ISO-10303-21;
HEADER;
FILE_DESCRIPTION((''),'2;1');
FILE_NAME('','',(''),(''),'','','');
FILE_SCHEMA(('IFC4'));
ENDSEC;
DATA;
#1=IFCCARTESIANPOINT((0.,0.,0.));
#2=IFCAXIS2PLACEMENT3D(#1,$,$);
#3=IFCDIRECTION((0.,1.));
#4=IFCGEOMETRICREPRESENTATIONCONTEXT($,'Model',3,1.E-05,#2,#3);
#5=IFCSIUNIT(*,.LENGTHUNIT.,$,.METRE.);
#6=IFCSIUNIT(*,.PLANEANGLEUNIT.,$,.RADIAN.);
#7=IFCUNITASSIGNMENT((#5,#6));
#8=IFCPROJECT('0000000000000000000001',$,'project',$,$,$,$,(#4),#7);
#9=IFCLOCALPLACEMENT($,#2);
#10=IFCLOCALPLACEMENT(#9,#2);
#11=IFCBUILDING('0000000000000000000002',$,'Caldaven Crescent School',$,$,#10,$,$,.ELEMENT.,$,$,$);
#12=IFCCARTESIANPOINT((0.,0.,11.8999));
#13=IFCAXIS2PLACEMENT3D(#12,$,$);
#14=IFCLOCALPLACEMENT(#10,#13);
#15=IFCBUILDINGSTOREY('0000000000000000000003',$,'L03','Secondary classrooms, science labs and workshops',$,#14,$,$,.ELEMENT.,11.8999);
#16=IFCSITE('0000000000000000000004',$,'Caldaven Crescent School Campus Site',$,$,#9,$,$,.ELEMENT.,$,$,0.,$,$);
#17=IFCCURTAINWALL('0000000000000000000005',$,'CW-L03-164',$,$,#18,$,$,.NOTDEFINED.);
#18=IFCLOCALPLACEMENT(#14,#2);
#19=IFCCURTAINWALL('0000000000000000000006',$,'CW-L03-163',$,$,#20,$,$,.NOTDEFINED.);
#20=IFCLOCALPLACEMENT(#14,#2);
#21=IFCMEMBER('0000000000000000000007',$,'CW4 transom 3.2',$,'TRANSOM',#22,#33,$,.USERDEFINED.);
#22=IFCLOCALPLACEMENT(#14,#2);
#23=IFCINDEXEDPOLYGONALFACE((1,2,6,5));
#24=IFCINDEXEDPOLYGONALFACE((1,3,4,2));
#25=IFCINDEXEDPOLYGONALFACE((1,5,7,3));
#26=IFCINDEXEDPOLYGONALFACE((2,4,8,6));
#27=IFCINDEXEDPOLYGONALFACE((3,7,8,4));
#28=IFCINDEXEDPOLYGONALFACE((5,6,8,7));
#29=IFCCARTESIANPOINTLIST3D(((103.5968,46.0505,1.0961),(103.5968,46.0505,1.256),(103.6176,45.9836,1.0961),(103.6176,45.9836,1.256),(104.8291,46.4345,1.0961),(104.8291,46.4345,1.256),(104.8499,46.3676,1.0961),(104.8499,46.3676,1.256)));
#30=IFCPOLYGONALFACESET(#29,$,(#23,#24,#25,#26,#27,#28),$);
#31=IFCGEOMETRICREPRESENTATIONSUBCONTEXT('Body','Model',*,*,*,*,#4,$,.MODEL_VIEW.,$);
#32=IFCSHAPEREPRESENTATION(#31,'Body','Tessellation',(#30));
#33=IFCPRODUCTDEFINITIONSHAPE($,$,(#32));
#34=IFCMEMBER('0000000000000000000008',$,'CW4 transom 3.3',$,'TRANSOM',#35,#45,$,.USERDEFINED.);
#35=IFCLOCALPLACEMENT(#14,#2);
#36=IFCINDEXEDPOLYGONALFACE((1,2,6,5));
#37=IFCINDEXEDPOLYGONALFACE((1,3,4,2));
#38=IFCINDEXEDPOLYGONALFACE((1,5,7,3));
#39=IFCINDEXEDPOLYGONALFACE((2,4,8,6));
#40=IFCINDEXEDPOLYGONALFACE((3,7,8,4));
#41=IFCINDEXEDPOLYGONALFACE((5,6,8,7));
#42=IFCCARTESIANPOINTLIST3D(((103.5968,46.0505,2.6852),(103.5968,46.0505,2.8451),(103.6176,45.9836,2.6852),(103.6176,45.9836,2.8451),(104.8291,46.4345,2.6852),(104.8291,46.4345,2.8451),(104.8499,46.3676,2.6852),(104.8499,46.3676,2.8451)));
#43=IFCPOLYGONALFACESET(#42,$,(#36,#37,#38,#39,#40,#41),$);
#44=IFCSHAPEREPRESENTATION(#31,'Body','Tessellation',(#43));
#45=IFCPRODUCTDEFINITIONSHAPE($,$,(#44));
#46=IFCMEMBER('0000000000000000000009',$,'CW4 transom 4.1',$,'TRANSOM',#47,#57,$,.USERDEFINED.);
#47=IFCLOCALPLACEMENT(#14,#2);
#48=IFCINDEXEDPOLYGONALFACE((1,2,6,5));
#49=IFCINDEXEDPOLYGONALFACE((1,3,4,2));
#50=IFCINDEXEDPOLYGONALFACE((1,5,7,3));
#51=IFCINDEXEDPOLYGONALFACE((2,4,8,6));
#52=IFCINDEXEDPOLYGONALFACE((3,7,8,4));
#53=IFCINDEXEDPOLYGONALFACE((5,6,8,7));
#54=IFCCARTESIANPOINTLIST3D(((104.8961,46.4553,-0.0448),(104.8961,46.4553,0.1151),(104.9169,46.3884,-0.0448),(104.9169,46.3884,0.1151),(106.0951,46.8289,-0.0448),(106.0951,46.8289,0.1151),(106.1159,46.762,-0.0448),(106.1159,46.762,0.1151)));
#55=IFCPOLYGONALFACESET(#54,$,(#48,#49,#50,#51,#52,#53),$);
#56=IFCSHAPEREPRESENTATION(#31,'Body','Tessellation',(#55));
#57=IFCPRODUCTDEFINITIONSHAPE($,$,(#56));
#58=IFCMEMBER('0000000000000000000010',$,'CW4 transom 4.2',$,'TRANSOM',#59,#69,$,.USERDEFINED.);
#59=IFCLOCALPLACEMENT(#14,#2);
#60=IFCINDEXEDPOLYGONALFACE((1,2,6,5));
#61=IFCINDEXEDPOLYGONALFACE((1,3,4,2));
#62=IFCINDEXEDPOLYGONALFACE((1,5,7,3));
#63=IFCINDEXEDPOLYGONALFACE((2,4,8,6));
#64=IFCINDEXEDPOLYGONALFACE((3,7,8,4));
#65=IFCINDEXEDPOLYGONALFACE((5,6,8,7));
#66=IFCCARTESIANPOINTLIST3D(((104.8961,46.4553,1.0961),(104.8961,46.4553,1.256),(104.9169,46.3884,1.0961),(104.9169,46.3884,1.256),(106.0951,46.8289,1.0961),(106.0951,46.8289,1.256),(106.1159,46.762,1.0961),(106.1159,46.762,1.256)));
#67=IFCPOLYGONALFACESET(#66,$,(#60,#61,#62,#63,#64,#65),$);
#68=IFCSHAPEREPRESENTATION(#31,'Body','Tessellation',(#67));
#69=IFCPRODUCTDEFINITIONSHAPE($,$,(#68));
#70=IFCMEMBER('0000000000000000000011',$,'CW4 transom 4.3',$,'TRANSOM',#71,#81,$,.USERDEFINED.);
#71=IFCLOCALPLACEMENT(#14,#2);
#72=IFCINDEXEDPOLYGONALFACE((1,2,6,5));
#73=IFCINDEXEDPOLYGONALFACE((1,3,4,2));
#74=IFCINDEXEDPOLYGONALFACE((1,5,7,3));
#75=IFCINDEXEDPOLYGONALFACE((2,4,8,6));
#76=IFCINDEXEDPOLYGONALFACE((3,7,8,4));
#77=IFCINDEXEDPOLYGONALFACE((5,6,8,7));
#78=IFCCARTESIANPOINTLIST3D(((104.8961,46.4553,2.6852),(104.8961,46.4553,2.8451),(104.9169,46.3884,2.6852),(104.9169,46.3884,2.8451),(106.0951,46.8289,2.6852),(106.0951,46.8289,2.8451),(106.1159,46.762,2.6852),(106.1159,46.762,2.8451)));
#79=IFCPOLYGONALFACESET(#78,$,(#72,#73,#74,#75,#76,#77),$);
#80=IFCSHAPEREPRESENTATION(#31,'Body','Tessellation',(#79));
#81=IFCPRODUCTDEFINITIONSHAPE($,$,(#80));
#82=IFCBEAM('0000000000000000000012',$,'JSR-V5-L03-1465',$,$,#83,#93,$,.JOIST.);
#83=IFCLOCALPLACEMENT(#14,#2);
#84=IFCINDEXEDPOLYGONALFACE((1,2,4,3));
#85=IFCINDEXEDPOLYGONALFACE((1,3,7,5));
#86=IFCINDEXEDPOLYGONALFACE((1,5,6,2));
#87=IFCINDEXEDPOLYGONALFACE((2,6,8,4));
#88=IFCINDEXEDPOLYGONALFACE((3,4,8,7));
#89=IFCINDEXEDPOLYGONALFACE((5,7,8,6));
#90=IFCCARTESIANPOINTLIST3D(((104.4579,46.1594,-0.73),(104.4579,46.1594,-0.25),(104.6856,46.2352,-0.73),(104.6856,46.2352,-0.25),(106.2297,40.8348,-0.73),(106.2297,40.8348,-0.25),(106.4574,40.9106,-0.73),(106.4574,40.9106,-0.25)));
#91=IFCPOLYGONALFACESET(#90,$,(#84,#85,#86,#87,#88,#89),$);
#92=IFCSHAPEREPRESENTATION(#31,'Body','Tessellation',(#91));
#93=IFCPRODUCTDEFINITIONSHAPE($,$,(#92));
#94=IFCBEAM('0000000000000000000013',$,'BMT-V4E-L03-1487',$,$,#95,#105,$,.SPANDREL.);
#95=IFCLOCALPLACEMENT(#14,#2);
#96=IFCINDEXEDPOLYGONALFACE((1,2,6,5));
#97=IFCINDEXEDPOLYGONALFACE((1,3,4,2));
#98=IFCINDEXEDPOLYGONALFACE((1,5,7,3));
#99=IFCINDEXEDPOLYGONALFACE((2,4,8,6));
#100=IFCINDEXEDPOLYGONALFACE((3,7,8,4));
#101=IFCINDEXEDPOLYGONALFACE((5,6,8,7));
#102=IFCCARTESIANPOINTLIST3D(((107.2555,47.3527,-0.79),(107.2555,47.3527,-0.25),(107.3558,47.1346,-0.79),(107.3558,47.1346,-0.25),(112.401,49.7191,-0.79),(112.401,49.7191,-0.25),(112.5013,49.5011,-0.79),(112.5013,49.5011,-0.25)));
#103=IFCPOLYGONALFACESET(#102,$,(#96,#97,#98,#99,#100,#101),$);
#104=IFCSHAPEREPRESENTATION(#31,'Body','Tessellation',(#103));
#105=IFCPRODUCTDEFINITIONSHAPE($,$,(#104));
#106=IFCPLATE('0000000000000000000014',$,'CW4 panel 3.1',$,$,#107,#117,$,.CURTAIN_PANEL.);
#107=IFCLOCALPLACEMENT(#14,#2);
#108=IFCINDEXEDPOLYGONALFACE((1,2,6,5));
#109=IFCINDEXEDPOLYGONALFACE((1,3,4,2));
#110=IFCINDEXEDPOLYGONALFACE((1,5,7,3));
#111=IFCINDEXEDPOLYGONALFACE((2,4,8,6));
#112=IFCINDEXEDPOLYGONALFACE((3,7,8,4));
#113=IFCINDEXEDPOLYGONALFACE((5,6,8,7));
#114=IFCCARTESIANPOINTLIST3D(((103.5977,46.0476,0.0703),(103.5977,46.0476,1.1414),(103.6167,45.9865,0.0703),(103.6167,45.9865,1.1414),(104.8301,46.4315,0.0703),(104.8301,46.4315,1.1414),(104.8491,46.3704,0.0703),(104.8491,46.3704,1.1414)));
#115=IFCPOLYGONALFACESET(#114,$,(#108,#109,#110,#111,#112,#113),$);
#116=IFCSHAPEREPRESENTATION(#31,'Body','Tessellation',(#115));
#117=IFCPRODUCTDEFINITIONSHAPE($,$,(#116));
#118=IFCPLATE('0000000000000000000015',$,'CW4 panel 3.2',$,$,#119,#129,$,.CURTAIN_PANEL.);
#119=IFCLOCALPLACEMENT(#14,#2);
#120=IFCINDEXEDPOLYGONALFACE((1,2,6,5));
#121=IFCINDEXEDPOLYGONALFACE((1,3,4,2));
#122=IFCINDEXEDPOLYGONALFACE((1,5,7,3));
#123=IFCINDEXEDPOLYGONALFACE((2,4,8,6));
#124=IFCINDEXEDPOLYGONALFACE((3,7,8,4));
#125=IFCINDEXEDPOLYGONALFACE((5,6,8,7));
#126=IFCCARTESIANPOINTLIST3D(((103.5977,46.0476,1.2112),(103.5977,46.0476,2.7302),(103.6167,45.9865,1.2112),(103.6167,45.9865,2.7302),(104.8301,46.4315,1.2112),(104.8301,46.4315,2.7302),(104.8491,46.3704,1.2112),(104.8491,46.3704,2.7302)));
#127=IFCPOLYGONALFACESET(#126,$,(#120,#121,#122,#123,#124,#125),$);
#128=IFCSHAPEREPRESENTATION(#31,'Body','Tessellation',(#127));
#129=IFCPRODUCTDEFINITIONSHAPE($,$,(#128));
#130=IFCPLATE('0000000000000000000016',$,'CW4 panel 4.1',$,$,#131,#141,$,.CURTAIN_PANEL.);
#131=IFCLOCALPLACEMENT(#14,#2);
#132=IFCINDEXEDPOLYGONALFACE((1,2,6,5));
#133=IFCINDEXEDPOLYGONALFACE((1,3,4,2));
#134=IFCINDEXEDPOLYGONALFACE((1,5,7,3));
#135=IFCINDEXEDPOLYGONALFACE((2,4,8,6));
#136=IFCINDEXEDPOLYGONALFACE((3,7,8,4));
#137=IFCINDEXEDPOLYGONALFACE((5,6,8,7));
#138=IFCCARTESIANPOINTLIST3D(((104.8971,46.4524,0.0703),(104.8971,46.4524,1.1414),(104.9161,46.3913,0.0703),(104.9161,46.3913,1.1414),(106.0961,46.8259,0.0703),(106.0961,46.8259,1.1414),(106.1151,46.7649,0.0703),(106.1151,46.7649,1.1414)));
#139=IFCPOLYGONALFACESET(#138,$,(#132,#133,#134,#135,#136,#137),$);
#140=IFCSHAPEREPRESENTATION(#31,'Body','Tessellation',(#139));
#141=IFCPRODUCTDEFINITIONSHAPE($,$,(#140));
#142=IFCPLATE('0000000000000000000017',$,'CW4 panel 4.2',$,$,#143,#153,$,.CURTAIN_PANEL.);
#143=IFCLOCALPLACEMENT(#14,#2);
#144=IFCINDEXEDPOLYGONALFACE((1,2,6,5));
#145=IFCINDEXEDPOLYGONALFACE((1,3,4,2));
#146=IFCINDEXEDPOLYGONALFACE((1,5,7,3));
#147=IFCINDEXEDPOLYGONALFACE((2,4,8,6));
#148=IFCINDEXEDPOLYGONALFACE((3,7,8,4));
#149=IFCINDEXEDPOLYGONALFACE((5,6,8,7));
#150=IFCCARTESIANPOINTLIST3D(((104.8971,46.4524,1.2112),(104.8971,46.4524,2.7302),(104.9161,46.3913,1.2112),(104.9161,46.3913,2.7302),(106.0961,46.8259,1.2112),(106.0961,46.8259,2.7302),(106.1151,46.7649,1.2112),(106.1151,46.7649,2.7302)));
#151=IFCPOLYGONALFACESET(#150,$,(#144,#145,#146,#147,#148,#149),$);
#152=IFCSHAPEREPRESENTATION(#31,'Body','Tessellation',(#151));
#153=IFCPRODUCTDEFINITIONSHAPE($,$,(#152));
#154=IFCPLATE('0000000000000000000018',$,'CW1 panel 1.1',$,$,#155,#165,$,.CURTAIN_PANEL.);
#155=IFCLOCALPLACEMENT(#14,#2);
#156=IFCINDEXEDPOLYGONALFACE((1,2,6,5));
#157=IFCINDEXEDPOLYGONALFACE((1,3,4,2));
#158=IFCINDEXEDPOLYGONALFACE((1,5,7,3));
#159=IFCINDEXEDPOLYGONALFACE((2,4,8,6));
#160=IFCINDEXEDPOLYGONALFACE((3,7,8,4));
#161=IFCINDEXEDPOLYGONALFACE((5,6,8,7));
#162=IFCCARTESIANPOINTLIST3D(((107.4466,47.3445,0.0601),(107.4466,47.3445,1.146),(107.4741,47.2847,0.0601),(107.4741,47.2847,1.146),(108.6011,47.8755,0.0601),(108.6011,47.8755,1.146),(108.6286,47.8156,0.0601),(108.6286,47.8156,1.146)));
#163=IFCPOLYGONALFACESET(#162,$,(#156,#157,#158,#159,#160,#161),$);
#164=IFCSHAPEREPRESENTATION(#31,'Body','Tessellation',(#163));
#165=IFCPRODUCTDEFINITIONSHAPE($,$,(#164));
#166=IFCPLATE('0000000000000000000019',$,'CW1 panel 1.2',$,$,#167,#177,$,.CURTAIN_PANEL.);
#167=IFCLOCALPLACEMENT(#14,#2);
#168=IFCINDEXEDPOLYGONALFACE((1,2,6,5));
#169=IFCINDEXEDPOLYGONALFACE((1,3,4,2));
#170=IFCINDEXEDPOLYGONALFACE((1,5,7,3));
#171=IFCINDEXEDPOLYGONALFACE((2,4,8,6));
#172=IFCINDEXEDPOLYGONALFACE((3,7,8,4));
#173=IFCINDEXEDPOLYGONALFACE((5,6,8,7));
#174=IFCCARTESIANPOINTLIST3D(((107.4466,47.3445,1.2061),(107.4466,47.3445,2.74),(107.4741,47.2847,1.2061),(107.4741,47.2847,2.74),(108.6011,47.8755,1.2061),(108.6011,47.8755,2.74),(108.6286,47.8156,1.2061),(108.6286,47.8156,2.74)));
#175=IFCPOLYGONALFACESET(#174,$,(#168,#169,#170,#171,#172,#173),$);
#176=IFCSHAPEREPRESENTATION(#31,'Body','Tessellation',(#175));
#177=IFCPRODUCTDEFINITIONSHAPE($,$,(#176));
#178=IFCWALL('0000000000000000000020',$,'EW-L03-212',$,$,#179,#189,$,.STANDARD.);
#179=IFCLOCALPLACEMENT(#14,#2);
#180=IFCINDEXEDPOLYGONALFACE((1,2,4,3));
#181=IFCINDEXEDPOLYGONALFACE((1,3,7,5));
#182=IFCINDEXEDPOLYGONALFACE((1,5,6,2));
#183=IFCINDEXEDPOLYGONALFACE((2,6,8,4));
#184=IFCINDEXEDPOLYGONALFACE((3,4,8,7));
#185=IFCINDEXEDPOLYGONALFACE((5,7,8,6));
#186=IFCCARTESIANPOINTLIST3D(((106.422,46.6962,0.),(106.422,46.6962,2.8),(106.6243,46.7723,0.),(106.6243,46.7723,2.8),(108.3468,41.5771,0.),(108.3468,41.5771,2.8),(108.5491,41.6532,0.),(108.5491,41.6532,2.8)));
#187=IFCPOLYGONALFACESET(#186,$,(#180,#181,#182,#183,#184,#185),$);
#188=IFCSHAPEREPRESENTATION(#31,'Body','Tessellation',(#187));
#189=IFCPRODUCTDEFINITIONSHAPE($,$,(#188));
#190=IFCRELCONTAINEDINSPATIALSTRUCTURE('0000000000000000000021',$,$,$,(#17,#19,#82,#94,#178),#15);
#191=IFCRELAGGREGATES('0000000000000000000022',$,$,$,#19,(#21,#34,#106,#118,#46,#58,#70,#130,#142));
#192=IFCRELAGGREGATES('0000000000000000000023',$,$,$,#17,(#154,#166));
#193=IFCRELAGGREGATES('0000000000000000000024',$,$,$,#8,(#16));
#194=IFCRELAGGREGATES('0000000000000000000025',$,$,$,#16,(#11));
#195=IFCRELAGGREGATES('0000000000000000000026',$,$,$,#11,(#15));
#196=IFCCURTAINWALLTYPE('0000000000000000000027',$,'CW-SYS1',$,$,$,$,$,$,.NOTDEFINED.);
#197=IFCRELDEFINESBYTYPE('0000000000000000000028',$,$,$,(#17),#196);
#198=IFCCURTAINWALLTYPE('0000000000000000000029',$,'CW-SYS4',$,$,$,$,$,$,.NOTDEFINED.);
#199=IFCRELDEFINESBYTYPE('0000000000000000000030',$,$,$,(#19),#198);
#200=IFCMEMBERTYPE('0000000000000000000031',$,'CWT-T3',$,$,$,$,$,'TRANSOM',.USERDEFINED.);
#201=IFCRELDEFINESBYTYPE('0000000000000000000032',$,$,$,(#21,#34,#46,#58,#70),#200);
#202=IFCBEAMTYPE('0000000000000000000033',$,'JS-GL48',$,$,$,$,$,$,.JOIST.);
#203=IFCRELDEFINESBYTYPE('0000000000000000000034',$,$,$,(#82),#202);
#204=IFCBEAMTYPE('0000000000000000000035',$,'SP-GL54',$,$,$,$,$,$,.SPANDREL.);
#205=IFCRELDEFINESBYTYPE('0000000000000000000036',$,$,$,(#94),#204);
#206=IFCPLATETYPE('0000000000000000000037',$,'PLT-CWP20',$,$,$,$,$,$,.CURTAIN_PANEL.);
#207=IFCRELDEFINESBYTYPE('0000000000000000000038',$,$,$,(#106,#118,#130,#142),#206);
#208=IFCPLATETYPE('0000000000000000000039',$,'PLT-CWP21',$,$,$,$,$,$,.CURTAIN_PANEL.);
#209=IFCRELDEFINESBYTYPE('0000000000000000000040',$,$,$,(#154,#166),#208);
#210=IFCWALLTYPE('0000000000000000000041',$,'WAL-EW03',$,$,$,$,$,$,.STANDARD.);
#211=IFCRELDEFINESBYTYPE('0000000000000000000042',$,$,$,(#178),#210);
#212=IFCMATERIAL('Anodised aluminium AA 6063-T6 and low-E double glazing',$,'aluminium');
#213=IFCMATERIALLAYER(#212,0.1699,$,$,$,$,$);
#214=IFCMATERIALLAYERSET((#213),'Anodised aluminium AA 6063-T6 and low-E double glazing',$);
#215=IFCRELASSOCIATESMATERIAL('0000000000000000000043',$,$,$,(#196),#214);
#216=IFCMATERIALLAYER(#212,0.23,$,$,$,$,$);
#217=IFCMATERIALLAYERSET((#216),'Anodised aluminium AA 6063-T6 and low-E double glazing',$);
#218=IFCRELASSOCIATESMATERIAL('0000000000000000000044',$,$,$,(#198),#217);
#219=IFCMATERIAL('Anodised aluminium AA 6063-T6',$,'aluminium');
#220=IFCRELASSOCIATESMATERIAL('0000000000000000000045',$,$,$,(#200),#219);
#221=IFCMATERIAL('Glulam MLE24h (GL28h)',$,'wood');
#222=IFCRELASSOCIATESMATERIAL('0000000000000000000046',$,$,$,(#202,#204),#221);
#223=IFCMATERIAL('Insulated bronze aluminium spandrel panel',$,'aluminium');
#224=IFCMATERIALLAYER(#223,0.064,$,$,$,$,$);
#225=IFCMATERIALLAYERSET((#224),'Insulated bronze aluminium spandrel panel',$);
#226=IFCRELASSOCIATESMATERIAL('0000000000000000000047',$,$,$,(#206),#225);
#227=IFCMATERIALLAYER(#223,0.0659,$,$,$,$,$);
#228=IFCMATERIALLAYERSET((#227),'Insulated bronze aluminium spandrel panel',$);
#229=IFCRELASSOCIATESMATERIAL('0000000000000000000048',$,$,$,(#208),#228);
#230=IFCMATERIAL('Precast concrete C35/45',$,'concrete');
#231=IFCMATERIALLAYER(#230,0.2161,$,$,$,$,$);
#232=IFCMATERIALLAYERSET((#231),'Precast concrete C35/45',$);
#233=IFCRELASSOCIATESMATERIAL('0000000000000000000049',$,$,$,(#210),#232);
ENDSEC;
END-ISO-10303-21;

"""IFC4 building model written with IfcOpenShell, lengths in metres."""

from ifc_helpers import new_model, si_unit, direction, frame, frame_2d, origin, origin_2d, place, context, subcontext, project, spatial, rectangle, extrude, material, layer, layer_set, material_profile, profile_set, type_object, element, aggregate, save


model = new_model("IFC4")

# Units and contexts
model_context = context("Model", 3, precision=1e-05, world=origin(), true_north=direction((0.0, 1.0)))
body_context = subcontext(model_context, "Body", "Model", "MODEL_VIEW")
ifc_project = project(units=[si_unit("LENGTHUNIT", "METRE"), si_unit("PLANEANGLEUNIT", "RADIAN")], contexts=[model_context])

# Site, building, storey
site_placement = place(None, origin())
site = spatial("IfcSite", under=ifc_project, at=site_placement, Name="Caldaven Crescent School Campus Site", CompositionType="ELEMENT", RefElevation=0.0)
building_placement = place(site_placement, origin())
building = spatial("IfcBuilding", under=site, at=building_placement, Name="Caldaven Crescent School", CompositionType="ELEMENT")
storey_placement = place(building_placement, frame((0.0, 0.0, 11.8999)))
storey = spatial("IfcBuildingStorey", under=building, at=storey_placement, Name="L03", Description="Secondary classrooms, science labs and workshops", CompositionType="ELEMENT", Elevation=11.8999)

# Shared definitions
ifc_material_1 = material(Name="Glulam MLE24h (GL28h)", Category="wood")

# Curtain walls
ifc_material_2 = material(Name="Anodised aluminium AA 6063-T6 and low-E double glazing", Category="aluminium")
ifc_layer_1 = layer(ifc_material_2, 0.1699)
ifc_layer_set_1 = layer_set([ifc_layer_1], Name="Anodised aluminium AA 6063-T6 and low-E double glazing")
curtain_wall_type_1 = type_object("IfcCurtainWallType", Name="CW-SYS1", PredefinedType="NOTDEFINED", material=ifc_layer_set_1)
curtain_wall_1_placement = place(storey_placement, origin())
curtain_wall_1 = element("IfcCurtainWall", 1, at=curtain_wall_1_placement, inside=storey, type_object=curtain_wall_type_1, Name="CW-L03-164", PredefinedType="NOTDEFINED")
ifc_material_3 = material(Name="Anodised aluminium AA 6063-T6", Category="aluminium")
ifc_layer_2 = layer(ifc_material_2, 0.23)
ifc_layer_set_2 = layer_set([ifc_layer_2], Name="Anodised aluminium AA 6063-T6 and low-E double glazing")
curtain_wall_type_2 = type_object("IfcCurtainWallType", Name="CW-SYS4", PredefinedType="NOTDEFINED", material=ifc_layer_set_2)
curtain_wall_2_placement = place(storey_placement, origin())
curtain_wall_2 = element("IfcCurtainWall", 2, at=curtain_wall_2_placement, inside=storey, type_object=curtain_wall_type_2, Name="CW-L03-163", PredefinedType="NOTDEFINED")

# Members
ifc_material_profile_1 = material_profile(ifc_material_3, rectangle(XDim=0.0701, YDim=0.1599, at=origin_2d()), Name="CWT 70x160")
ifc_profile_set_1 = profile_set([ifc_material_profile_1], Name="Anodised aluminium AA 6063-T6")
member_type_1 = type_object("IfcMemberType", Name="CWT-T3", ElementType="TRANSOM", PredefinedType="USERDEFINED", material=ifc_profile_set_1)
member_1_placement = place(storey_placement, frame((103.6072, 46.0171, 1.176), z_axis=(0.954722, 0.2975, 0.0), x_axis=(-0.2975, 0.954722, 0.0)))
member_1 = element("IfcMember", 3, at=member_1_placement, type_object=member_type_1, Name="CW4 transom 3.2", ObjectType="TRANSOM", PredefinedType="USERDEFINED", context=body_context, shape_type="SweptSolid", body=[
    extrude(rectangle(XDim=0.0701, YDim=0.1599, at=origin_2d()), origin(), (0.0, 0.0, 1.0), 1.2908),
])
member_2_placement = place(storey_placement, frame((103.6072, 46.0171, 2.7651), z_axis=(0.954722, 0.2975, 0.0), x_axis=(-0.2975, 0.954722, 0.0)))
member_2 = element("IfcMember", 4, at=member_2_placement, type_object=member_type_1, Name="CW4 transom 3.3", ObjectType="TRANSOM", PredefinedType="USERDEFINED", context=body_context, shape_type="SweptSolid", body=[
    extrude(rectangle(XDim=0.0701, YDim=0.1599, at=origin_2d()), origin(), (0.0, 0.0, 1.0), 1.2908),
])
member_3_placement = place(storey_placement, frame((104.9065, 46.4219, 0.0352), z_axis=(0.954739, 0.297445, 0.0), x_axis=(-0.297445, 0.954739, 0.0)))
member_3 = element("IfcMember", 5, at=member_3_placement, type_object=member_type_1, Name="CW4 transom 4.1", ObjectType="TRANSOM", PredefinedType="USERDEFINED", context=body_context, shape_type="SweptSolid", body=[
    extrude(rectangle(XDim=0.0701, YDim=0.1599, at=origin_2d()), origin(), (0.0, 0.0, 1.0), 1.2559),
])
member_4_placement = place(storey_placement, frame((104.9065, 46.4219, 1.176), z_axis=(0.954739, 0.297445, 0.0), x_axis=(-0.297445, 0.954739, 0.0)))
member_4 = element("IfcMember", 6, at=member_4_placement, type_object=member_type_1, Name="CW4 transom 4.2", ObjectType="TRANSOM", PredefinedType="USERDEFINED", context=body_context, shape_type="SweptSolid", body=[
    extrude(rectangle(XDim=0.0701, YDim=0.1599, at=origin_2d()), origin(), (0.0, 0.0, 1.0), 1.2559),
])
member_5_placement = place(storey_placement, frame((104.9065, 46.4219, 2.7651), z_axis=(0.954739, 0.297445, 0.0), x_axis=(-0.297445, 0.954739, 0.0)))
member_5 = element("IfcMember", 7, at=member_5_placement, type_object=member_type_1, Name="CW4 transom 4.3", ObjectType="TRANSOM", PredefinedType="USERDEFINED", context=body_context, shape_type="SweptSolid", body=[
    extrude(rectangle(XDim=0.0701, YDim=0.1599, at=origin_2d()), origin(), (0.0, 0.0, 1.0), 1.2559),
])

# Beams
ifc_material_profile_2 = material_profile(ifc_material_1, rectangle(XDim=0.24, YDim=0.48, at=origin_2d()), Name="MLE 240x480")
ifc_profile_set_2 = profile_set([ifc_material_profile_2], Name="Glulam MLE24h (GL28h)")
beam_type_1 = type_object("IfcBeamType", Name="JS-GL48", PredefinedType="JOIST", material=ifc_profile_set_2)
beam_1_placement = place(storey_placement, frame((104.5718, 46.1973, -0.49), z_axis=(0.315732, -0.948848, 0.0), x_axis=(0.948848, 0.315732, 0.0)))
element("IfcBeam", 8, at=beam_1_placement, inside=storey, type_object=beam_type_1, Name="JSR-V5-L03-1465", PredefinedType="JOIST", context=body_context, shape_type="SweptSolid", body=[
    extrude(rectangle(XDim=0.24, YDim=0.48, at=origin_2d()), origin(), (0.0, 0.0, 1.0), 5.6116),
])
ifc_material_profile_3 = material_profile(ifc_material_1, rectangle(XDim=0.24, YDim=0.54, at=origin_2d()), Name="MLE 240x540")
ifc_profile_set_3 = profile_set([ifc_material_profile_3], Name="Glulam MLE24h (GL28h)")
beam_type_2 = type_object("IfcBeamType", Name="SP-GL54", PredefinedType="SPANDREL", material=ifc_profile_set_3)
beam_2_placement = place(storey_placement, frame((107.3057, 47.2437, -0.52), z_axis=(0.908523, 0.417836, 0.0), x_axis=(-0.417836, 0.908523, 0.0)))
element("IfcBeam", 9, at=beam_2_placement, inside=storey, type_object=beam_type_2, Name="BMT-V4E-L03-1487", PredefinedType="SPANDREL", context=body_context, shape_type="SweptSolid", body=[
    extrude(rectangle(XDim=0.24, YDim=0.54, at=origin_2d()), origin(), (0.0, 0.0, 1.0), 5.6636),
])

# Plates
ifc_material_4 = material(Name="Insulated bronze aluminium spandrel panel", Category="aluminium")
ifc_layer_3 = layer(ifc_material_4, 0.064)
ifc_layer_set_3 = layer_set([ifc_layer_3], Name="Insulated bronze aluminium spandrel panel")
plate_type_1 = type_object("IfcPlateType", Name="PLT-CWP20", PredefinedType="CURTAIN_PANEL", material=ifc_layer_set_3)
plate_1_placement = place(storey_placement, frame((104.2234, 46.209, 0.0703), z_axis=(0.0, 0.0, 1.0), x_axis=(0.954747, 0.29742, 0.0)))
plate_1 = element("IfcPlate", 10, at=plate_1_placement, type_object=plate_type_1, Name="CW4 panel 3.1", PredefinedType="CURTAIN_PANEL", context=body_context, shape_type="SweptSolid", body=[
    extrude(rectangle(XDim=1.2908, YDim=0.064, at=origin_2d()), origin(), (0.0, 0.0, 1.0), 1.071),
])
plate_2_placement = place(storey_placement, frame((104.2234, 46.209, 1.2112), z_axis=(0.0, 0.0, 1.0), x_axis=(0.954747, 0.29742, 0.0)))
plate_2 = element("IfcPlate", 11, at=plate_2_placement, type_object=plate_type_1, Name="CW4 panel 3.2", PredefinedType="CURTAIN_PANEL", context=body_context, shape_type="SweptSolid", body=[
    extrude(rectangle(XDim=1.2908, YDim=0.064, at=origin_2d()), origin(), (0.0, 0.0, 1.0), 1.519),
])
plate_3_placement = place(storey_placement, frame((105.5061, 46.6086, 0.0703), z_axis=(0.0, 0.0, 1.0), x_axis=(0.954747, 0.29742, 0.0)))
plate_3 = element("IfcPlate", 12, at=plate_3_placement, type_object=plate_type_1, Name="CW4 panel 4.1", PredefinedType="CURTAIN_PANEL", context=body_context, shape_type="SweptSolid", body=[
    extrude(rectangle(XDim=1.2559, YDim=0.064, at=origin_2d()), origin(), (0.0, 0.0, 1.0), 1.071),
])
plate_4_placement = place(storey_placement, frame((105.5061, 46.6086, 1.2112), z_axis=(0.0, 0.0, 1.0), x_axis=(0.954747, 0.29742, 0.0)))
plate_4 = element("IfcPlate", 13, at=plate_4_placement, type_object=plate_type_1, Name="CW4 panel 4.2", PredefinedType="CURTAIN_PANEL", context=body_context, shape_type="SweptSolid", body=[
    extrude(rectangle(XDim=1.2559, YDim=0.064, at=origin_2d()), origin(), (0.0, 0.0, 1.0), 1.519),
])
aggregate(curtain_wall_2, [member_1, member_2, plate_1, plate_2, member_3, member_4, member_5, plate_3, plate_4])
ifc_layer_4 = layer(ifc_material_4, 0.0659)
ifc_layer_set_4 = layer_set([ifc_layer_4], Name="Insulated bronze aluminium spandrel panel")
plate_type_2 = type_object("IfcPlateType", Name="PLT-CWP21", PredefinedType="CURTAIN_PANEL", material=ifc_layer_set_4)
plate_5_placement = place(storey_placement, frame((108.0376, 47.5801, 0.0601), z_axis=(0.0, 0.0, 1.0), x_axis=(0.908528, 0.417824, 0.0)))
plate_5 = element("IfcPlate", 14, at=plate_5_placement, type_object=plate_type_2, Name="CW1 panel 1.1", PredefinedType="CURTAIN_PANEL", context=body_context, shape_type="SweptSolid", body=[
    extrude(rectangle(XDim=1.2708, YDim=0.0659, at=origin_2d()), origin(), (0.0, 0.0, 1.0), 1.0859),
])
plate_6_placement = place(storey_placement, frame((108.0376, 47.5801, 1.2061), z_axis=(0.0, 0.0, 1.0), x_axis=(0.908528, 0.417824, 0.0)))
plate_6 = element("IfcPlate", 15, at=plate_6_placement, type_object=plate_type_2, Name="CW1 panel 1.2", PredefinedType="CURTAIN_PANEL", context=body_context, shape_type="SweptSolid", body=[
    extrude(rectangle(XDim=1.2708, YDim=0.0659, at=origin_2d()), origin(), (0.0, 0.0, 1.0), 1.5339),
])
aggregate(curtain_wall_1, [plate_5, plate_6])

# Wall
ifc_material_5 = material(Name="Precast concrete C35/45", Category="concrete")
ifc_layer_5 = layer(ifc_material_5, 0.2161)
ifc_layer_set_5 = layer_set([ifc_layer_5], Name="Precast concrete C35/45")
wall_type_1 = type_object("IfcWallType", Name="WAL-EW03", PredefinedType="STANDARD", material=ifc_layer_set_5)
wall_1_placement = place(storey_placement, frame((106.5232, 46.7341, 0.0), z_axis=(0.0, 0.0, 1.0), x_axis=(0.351945, -0.936021, 0.0)))
element("IfcWall", 16, at=wall_1_placement, inside=storey, type_object=wall_type_1, Name="EW-L03-212", PredefinedType="STANDARD", context=body_context, shape_type="SweptSolid", body=[
    extrude(rectangle(XDim=5.469, YDim=0.2161, at=frame_2d((2.7344, 0.0))), origin(), (0.0, 0.0, 1.0), 2.8),
])

save(model, "model.ifc")
